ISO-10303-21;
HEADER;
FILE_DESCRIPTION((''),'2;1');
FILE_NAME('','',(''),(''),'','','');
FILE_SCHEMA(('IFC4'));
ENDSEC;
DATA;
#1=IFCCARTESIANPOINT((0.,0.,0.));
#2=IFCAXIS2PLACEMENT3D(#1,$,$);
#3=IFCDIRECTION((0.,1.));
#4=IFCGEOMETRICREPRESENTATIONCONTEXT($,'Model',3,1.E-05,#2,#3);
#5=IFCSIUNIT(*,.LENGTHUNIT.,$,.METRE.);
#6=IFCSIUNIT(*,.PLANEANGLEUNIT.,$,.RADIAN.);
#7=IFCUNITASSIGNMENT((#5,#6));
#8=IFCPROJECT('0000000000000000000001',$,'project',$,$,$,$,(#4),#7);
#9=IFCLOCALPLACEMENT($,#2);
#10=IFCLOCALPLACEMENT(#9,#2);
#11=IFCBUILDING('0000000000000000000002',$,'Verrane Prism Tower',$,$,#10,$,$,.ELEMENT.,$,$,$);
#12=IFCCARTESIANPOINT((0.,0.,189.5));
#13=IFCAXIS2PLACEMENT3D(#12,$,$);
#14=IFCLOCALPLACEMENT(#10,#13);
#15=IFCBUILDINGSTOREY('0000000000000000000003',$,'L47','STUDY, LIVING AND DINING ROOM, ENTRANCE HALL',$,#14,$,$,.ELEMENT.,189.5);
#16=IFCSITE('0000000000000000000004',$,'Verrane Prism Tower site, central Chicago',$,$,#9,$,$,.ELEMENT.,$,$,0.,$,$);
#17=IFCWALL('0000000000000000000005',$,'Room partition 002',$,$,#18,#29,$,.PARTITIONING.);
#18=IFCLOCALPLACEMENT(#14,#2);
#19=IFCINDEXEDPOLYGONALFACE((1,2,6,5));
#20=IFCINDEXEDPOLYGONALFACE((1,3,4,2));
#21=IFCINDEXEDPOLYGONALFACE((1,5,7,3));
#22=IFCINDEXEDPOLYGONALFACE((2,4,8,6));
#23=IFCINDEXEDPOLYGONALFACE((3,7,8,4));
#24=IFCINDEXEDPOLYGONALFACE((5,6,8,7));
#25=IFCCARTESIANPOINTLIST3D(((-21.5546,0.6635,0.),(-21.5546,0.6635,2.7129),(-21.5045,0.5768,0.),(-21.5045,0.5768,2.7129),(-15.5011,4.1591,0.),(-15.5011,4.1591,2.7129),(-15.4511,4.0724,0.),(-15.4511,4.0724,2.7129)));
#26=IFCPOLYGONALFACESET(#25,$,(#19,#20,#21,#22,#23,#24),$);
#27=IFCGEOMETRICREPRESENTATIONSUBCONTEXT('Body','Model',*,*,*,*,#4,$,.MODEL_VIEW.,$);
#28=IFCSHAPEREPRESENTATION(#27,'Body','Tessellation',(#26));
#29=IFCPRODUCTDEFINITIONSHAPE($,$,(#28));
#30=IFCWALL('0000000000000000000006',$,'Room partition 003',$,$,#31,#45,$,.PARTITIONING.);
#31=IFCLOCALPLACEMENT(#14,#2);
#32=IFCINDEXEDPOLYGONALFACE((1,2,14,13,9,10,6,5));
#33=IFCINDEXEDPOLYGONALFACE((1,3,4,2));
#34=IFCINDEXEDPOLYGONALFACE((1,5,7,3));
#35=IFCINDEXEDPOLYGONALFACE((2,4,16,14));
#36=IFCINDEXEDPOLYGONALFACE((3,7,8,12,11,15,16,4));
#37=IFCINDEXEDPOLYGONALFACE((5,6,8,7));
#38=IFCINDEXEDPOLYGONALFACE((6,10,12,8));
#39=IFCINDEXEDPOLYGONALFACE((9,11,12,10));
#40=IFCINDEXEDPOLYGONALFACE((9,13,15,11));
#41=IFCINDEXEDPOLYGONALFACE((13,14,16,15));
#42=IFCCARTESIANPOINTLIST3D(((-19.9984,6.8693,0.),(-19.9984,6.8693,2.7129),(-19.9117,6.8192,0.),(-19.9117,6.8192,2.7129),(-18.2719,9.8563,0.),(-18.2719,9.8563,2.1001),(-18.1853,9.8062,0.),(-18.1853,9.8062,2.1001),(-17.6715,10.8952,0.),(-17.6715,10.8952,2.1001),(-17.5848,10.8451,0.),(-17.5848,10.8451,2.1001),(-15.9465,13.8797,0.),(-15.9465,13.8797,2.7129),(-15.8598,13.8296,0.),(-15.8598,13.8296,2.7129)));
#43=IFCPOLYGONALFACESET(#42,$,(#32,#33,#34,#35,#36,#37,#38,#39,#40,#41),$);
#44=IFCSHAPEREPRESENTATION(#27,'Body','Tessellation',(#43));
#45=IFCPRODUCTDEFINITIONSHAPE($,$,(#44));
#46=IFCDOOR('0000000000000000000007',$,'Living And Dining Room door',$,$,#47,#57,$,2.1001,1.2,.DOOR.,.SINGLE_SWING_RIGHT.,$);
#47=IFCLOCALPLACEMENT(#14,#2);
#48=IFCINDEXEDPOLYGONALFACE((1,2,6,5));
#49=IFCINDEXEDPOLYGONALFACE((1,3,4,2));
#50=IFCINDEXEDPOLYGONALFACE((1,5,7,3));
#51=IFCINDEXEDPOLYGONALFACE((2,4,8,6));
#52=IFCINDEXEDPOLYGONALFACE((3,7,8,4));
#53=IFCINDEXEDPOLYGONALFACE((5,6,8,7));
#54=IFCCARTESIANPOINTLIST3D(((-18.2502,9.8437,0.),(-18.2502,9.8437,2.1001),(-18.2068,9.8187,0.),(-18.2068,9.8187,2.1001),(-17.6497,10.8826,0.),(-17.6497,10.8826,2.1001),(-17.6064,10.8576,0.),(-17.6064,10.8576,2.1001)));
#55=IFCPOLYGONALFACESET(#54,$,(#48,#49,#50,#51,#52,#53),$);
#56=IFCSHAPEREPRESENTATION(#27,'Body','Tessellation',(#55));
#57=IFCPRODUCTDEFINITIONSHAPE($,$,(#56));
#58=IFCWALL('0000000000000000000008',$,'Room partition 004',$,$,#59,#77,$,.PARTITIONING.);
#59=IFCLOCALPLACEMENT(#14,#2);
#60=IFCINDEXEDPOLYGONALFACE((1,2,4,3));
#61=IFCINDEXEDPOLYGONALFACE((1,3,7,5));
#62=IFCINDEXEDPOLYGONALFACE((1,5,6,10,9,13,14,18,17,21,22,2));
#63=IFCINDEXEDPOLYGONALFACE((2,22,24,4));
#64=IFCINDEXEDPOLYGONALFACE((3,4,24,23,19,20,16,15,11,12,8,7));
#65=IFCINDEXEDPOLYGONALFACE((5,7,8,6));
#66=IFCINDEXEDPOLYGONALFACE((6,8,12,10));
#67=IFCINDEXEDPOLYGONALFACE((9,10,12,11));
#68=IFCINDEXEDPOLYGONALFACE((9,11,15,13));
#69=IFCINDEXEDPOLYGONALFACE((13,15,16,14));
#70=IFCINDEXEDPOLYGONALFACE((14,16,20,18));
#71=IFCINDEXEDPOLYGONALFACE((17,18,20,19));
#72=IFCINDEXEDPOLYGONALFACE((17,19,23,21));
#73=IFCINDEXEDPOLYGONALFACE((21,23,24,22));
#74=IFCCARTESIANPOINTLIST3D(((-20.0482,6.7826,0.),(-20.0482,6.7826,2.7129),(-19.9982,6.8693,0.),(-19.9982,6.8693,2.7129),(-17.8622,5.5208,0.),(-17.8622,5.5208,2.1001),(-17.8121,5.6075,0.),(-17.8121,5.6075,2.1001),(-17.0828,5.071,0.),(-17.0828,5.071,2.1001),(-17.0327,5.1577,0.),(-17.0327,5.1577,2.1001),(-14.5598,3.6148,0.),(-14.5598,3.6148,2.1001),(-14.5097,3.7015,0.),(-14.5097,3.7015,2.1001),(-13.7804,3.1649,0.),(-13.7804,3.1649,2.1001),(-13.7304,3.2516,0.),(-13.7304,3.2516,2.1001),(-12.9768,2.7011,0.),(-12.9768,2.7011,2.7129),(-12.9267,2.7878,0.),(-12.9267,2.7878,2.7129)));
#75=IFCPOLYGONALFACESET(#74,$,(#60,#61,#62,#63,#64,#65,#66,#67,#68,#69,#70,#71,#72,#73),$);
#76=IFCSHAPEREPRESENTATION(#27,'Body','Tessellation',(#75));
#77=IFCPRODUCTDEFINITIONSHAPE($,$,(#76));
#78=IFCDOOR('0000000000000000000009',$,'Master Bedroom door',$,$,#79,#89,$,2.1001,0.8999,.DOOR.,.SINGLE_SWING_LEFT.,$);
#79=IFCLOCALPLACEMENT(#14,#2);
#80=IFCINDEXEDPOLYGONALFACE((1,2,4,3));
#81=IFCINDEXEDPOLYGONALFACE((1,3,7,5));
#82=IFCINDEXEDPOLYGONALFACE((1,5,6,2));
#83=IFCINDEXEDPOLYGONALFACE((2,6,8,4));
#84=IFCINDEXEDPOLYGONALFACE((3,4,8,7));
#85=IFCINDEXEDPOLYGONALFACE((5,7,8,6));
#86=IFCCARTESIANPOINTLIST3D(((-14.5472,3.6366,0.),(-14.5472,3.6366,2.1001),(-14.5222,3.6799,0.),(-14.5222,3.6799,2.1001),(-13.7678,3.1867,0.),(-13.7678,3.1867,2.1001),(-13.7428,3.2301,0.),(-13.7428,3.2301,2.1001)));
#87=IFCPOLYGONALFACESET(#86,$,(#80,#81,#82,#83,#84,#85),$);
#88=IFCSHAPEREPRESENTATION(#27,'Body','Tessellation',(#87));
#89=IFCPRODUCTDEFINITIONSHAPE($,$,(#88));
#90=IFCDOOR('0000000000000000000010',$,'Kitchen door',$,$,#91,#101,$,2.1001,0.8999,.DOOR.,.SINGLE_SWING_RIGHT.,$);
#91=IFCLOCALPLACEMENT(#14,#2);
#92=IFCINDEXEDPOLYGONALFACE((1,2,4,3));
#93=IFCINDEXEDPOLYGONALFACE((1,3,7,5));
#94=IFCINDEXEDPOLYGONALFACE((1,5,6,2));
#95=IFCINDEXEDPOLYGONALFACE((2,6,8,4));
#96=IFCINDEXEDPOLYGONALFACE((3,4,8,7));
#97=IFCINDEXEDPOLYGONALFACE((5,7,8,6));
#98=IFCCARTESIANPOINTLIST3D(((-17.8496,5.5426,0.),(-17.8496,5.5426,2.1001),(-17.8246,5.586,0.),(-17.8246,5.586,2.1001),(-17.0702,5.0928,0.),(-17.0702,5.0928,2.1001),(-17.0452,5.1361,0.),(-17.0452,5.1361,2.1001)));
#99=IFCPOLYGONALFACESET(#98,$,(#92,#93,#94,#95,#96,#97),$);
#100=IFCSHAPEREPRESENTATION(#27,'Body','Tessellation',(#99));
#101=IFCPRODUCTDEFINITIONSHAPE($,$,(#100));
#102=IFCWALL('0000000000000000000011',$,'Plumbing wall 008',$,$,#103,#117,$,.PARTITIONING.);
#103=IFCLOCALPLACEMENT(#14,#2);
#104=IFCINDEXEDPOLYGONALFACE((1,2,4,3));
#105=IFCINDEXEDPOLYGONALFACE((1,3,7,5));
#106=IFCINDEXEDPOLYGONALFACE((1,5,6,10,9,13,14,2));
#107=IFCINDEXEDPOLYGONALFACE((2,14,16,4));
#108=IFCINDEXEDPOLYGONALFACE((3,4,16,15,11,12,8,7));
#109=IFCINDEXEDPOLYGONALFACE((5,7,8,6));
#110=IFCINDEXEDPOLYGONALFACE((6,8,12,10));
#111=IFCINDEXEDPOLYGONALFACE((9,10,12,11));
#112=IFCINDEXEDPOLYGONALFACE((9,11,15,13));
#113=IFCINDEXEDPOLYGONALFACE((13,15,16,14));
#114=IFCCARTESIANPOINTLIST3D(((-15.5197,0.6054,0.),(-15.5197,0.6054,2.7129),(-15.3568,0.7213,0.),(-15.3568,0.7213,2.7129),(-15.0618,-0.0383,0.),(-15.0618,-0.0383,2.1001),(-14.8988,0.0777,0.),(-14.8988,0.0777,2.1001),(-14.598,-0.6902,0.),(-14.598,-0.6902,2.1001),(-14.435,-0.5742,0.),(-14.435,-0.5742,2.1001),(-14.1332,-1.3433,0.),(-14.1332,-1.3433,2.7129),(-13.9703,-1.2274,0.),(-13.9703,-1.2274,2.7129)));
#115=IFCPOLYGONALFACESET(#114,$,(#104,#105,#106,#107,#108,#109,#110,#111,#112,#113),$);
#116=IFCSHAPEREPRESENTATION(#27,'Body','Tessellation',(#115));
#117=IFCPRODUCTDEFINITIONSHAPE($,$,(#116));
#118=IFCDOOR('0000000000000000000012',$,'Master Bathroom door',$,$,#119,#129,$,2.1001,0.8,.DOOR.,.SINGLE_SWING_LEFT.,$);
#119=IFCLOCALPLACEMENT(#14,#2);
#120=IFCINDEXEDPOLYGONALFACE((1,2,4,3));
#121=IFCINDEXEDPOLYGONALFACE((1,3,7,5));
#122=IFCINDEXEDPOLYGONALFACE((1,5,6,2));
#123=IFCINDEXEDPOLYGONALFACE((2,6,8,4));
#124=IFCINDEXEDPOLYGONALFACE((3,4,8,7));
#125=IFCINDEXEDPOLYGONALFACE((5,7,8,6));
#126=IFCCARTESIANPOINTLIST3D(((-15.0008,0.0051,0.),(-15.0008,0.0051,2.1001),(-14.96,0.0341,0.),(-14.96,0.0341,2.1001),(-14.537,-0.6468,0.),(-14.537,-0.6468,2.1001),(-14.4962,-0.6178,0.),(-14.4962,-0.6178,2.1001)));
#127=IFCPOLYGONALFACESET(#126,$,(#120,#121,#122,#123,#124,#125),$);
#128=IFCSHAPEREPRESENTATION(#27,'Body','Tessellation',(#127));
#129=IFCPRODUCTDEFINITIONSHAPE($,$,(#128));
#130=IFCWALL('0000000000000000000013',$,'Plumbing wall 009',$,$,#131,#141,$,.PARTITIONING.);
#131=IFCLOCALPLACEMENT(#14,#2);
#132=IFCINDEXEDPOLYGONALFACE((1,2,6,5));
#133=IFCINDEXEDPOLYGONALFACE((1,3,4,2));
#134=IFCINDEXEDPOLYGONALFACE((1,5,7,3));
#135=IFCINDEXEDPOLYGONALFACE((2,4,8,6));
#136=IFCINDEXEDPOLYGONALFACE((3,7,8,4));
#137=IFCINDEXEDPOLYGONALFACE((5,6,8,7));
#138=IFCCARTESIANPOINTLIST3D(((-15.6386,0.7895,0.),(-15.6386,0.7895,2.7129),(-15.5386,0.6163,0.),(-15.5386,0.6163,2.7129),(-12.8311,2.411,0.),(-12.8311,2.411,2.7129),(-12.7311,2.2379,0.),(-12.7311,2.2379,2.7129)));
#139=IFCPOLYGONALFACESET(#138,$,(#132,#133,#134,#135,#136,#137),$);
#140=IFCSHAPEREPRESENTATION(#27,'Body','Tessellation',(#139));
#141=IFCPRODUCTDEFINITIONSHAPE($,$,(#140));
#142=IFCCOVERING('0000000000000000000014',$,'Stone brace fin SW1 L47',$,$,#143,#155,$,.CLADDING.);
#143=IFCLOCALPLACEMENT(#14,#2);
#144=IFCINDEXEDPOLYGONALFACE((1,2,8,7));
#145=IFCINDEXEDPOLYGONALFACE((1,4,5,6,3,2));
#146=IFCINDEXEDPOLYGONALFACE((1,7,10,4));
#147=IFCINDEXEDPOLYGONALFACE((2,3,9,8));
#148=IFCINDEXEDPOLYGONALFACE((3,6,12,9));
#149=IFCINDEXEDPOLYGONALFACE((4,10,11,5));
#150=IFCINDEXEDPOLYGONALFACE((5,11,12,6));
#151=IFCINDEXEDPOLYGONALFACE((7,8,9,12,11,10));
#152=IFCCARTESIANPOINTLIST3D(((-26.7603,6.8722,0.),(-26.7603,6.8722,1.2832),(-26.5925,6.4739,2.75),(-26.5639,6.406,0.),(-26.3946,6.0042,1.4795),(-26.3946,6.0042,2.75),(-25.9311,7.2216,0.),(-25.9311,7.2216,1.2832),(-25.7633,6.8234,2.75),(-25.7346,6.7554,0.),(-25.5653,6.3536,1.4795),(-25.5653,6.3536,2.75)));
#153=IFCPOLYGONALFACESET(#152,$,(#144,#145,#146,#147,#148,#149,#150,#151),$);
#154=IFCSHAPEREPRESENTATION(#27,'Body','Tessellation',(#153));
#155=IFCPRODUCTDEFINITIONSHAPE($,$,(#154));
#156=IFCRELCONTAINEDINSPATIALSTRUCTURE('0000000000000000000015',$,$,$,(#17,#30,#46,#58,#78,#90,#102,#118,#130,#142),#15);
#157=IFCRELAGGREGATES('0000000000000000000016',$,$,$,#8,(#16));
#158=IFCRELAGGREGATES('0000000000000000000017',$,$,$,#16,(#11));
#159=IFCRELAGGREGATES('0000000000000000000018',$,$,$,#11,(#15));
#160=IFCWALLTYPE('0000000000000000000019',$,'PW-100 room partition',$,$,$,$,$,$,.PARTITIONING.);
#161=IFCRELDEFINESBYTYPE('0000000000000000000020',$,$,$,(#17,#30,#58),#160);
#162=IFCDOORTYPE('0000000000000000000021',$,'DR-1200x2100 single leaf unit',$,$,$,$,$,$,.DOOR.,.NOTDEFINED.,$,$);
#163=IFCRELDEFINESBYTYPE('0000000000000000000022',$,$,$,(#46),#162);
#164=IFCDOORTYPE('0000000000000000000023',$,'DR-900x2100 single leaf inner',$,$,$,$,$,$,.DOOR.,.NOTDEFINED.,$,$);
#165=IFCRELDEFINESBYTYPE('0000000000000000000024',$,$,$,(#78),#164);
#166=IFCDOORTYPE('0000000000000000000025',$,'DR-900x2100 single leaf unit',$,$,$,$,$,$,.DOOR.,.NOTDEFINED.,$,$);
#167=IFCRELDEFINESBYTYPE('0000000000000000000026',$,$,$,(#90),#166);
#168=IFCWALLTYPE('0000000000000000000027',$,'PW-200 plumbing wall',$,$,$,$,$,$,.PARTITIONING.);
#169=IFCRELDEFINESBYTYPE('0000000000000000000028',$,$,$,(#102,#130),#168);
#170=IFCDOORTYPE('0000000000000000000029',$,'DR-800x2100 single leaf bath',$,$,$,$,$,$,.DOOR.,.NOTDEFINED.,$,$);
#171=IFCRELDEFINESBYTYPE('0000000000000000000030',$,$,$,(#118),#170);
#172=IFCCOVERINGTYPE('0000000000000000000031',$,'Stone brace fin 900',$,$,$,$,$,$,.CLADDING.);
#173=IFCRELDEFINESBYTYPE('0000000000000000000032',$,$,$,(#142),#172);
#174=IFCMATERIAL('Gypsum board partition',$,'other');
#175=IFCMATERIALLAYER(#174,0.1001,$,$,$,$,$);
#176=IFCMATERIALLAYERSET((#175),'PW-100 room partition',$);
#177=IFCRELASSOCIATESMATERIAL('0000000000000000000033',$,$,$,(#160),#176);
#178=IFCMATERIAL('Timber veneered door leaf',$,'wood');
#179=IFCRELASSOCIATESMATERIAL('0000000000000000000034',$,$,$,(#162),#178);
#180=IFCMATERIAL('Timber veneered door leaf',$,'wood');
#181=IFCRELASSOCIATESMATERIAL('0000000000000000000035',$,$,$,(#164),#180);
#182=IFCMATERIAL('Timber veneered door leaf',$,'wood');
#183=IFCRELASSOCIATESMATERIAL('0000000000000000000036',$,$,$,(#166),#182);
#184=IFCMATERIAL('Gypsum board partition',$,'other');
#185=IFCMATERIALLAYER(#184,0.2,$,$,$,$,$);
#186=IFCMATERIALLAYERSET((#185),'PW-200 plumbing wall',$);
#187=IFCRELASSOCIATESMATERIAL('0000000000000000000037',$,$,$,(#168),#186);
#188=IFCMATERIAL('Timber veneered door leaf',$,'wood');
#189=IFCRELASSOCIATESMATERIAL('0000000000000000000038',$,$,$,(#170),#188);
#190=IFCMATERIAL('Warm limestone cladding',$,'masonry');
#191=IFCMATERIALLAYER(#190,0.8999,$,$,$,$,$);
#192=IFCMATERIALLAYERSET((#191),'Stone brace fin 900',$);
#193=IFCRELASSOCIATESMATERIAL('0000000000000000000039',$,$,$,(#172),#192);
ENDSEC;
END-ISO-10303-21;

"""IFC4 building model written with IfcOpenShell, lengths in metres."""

from ifc_helpers import new_model, si_unit, direction, frame, frame_2d, origin, place, context, subcontext, project, spatial, polyline, rectangle, outline, extrude, material, layer, layer_set, type_object, element, fill, save


model = new_model("IFC4")

# Units and contexts
model_context = context("Model", 3, precision=1e-05, world=origin(), true_north=direction((0.0, 1.0)))
body_context = subcontext(model_context, "Body", "Model", "MODEL_VIEW")
ifc_project = project(units=[si_unit("LENGTHUNIT", "METRE"), si_unit("PLANEANGLEUNIT", "RADIAN")], contexts=[model_context])

# Site, building, storey
site_placement = place(None, origin())
site = spatial("IfcSite", under=ifc_project, at=site_placement, Name="Verrane Prism Tower site, central Chicago", CompositionType="ELEMENT", RefElevation=0.0)
building_placement = place(site_placement, origin())
building = spatial("IfcBuilding", under=site, at=building_placement, Name="Verrane Prism Tower", CompositionType="ELEMENT")
storey_placement = place(building_placement, frame((0.0, 0.0, 189.5)))
storey = spatial("IfcBuildingStorey", under=building, at=storey_placement, Name="L47", Description="STUDY, LIVING AND DINING ROOM, ENTRANCE HALL", CompositionType="ELEMENT", Elevation=189.5)

# Wall
ifc_material_1 = material(Name="Gypsum board partition", Category="other")
ifc_layer_1 = layer(ifc_material_1, 0.1001)
ifc_layer_set_1 = layer_set([ifc_layer_1], Name="PW-100 room partition")
wall_type_1 = type_object("IfcWallType", Name="PW-100 room partition", PredefinedType="PARTITIONING", material=ifc_layer_set_1)
wall_1_placement = place(storey_placement, frame((-21.5295, 0.6201, 0.0), z_axis=(0.0, 0.0, 1.0), x_axis=(0.865986, 0.500068, 0.0)))
element("IfcWall", 1, at=wall_1_placement, inside=storey, type_object=wall_type_1, Name="Room partition 002", PredefinedType="PARTITIONING", context=body_context, shape_type="SweptSolid", body=[
    extrude(rectangle(XDim=6.9902, YDim=0.1001, at=frame_2d((3.4951, 0.0))), origin(), (0.0, 0.0, 1.0), 2.7129),
])

# Wall, opening, door
wall_2_placement = place(storey_placement, frame((-19.9551, 6.8442, 0.0), z_axis=(0.0, 0.0, 1.0), x_axis=(0.500416, 0.865785, 0.0)))
wall_2 = element("IfcWall", 2, at=wall_2_placement, inside=storey, type_object=wall_type_1, Name="Room partition 003", PredefinedType="PARTITIONING", context=body_context, shape_type="SweptSolid", body=[
    extrude(rectangle(XDim=8.0972, YDim=0.1001, at=frame_2d((4.0486, 0.0))), origin(), (0.0, 0.0, 1.0), 2.7129),
])
opening_1_placement = place(wall_2_placement, frame((3.45, 0.0, 0.0)))
opening_1 = element("IfcOpeningElement", 3, at=opening_1_placement, cuts=wall_2, PredefinedType="OPENING", context=body_context, shape_type="SweptSolid", body=[
    extrude(rectangle(XDim=1.2, YDim=2.1001, at=frame_2d((0.6001, 1.05))), frame((0.0, 0.0601, 0.0), z_axis=(0.0, -1.0, 0.0), x_axis=(1.0, 0.0, 0.0)), (0.0, 0.0, 1.0), 0.1201),
])
ifc_material_2 = material(Name="Timber veneered door leaf", Category="wood")
door_type_1 = type_object("IfcDoorType", Name="DR-1200x2100 single leaf unit", OperationType="NOTDEFINED", PredefinedType="DOOR", material=ifc_material_2)
door_1_placement = place(opening_1_placement, origin())
door_1 = element("IfcDoor", 4, at=door_1_placement, inside=storey, type_object=door_type_1, Name="Living And Dining Room door", OperationType="SINGLE_SWING_RIGHT", OverallHeight=2.1001, OverallWidth=1.2, PredefinedType="DOOR", context=body_context, shape_type="SweptSolid", body=[
    extrude(rectangle(XDim=1.2, YDim=2.1001, at=frame_2d((0.6001, 1.05))), frame((0.0, 0.0249, 0.0), z_axis=(0.0, -1.0, 0.0), x_axis=(1.0, 0.0, 0.0)), (0.0, 0.0, 1.0), 0.05),
])
fill(opening_1, door_1)

# Wall, openings, doors
wall_3_placement = place(storey_placement, frame((-12.9517, 2.7444, 0.0), z_axis=(0.0, 0.0, 1.0), x_axis=(-0.866089, 0.499889, 0.0)))
wall_3 = element("IfcWall", 5, at=wall_3_placement, inside=storey, type_object=wall_type_1, Name="Room partition 004", PredefinedType="PARTITIONING", context=body_context, shape_type="SweptSolid", body=[
    extrude(rectangle(XDim=8.1648, YDim=0.1001, at=frame_2d((4.0825, 0.0))), origin(), (0.0, 0.0, 1.0), 2.7129),
])
opening_2_placement = place(wall_3_placement, frame((4.741, 0.0, 0.0)))
opening_2 = element("IfcOpeningElement", 6, at=opening_2_placement, cuts=wall_3, PredefinedType="OPENING", context=body_context, shape_type="SweptSolid", body=[
    extrude(rectangle(XDim=0.8999, YDim=2.1001, at=frame_2d((0.45, 1.05))), frame((0.0, 0.0601, 0.0), z_axis=(0.0, -1.0, 0.0), x_axis=(1.0, 0.0, 0.0)), (0.0, 0.0, 1.0), 0.1201),
])
opening_3_placement = place(wall_3_placement, frame((0.928, 0.0, 0.0)))
opening_3 = element("IfcOpeningElement", 7, at=opening_3_placement, cuts=wall_3, PredefinedType="OPENING", context=body_context, shape_type="SweptSolid", body=[
    extrude(rectangle(XDim=0.8999, YDim=2.1001, at=frame_2d((0.45, 1.05))), frame((0.0, 0.0601, 0.0), z_axis=(0.0, -1.0, 0.0), x_axis=(1.0, 0.0, 0.0)), (0.0, 0.0, 1.0), 0.1201),
])
ifc_material_3 = material(Name="Timber veneered door leaf", Category="wood")
door_type_2 = type_object("IfcDoorType", Name="DR-900x2100 single leaf inner", OperationType="NOTDEFINED", PredefinedType="DOOR", material=ifc_material_3)
door_2_placement = place(opening_3_placement, origin())
door_2 = element("IfcDoor", 8, at=door_2_placement, inside=storey, type_object=door_type_2, Name="Master Bedroom door", OperationType="SINGLE_SWING_LEFT", OverallHeight=2.1001, OverallWidth=0.8999, PredefinedType="DOOR", context=body_context, shape_type="SweptSolid", body=[
    extrude(rectangle(XDim=0.8999, YDim=2.1001, at=frame_2d((0.45, 1.05))), frame((0.0, 0.0249, 0.0), z_axis=(0.0, -1.0, 0.0), x_axis=(1.0, 0.0, 0.0)), (0.0, 0.0, 1.0), 0.05),
])
fill(opening_3, door_2)
ifc_material_4 = material(Name="Timber veneered door leaf", Category="wood")
door_type_3 = type_object("IfcDoorType", Name="DR-900x2100 single leaf unit", OperationType="NOTDEFINED", PredefinedType="DOOR", material=ifc_material_4)
door_3_placement = place(opening_2_placement, origin())
door_3 = element("IfcDoor", 9, at=door_3_placement, inside=storey, type_object=door_type_3, Name="Kitchen door", OperationType="SINGLE_SWING_RIGHT", OverallHeight=2.1001, OverallWidth=0.8999, PredefinedType="DOOR", context=body_context, shape_type="SweptSolid", body=[
    extrude(rectangle(XDim=0.8999, YDim=2.1001, at=frame_2d((0.45, 1.05))), frame((0.0, 0.0249, 0.0), z_axis=(0.0, -1.0, 0.0), x_axis=(1.0, 0.0, 0.0)), (0.0, 0.0, 1.0), 0.05),
])
fill(opening_2, door_3)

# Wall, opening, door
ifc_material_5 = material(Name="Gypsum board partition", Category="other")
ifc_layer_2 = layer(ifc_material_5, 0.2)
ifc_layer_set_2 = layer_set([ifc_layer_2], Name="PW-200 plumbing wall")
wall_type_2 = type_object("IfcWallType", Name="PW-200 plumbing wall", PredefinedType="PARTITIONING", material=ifc_layer_set_2)
wall_4_placement = place(storey_placement, frame((-15.4382, 0.6633, 0.0), z_axis=(0.0, 0.0, 1.0), x_axis=(0.579721, -0.814815, 0.0)))
wall_4 = element("IfcWall", 10, at=wall_4_placement, inside=storey, type_object=wall_type_2, Name="Plumbing wall 008", PredefinedType="PARTITIONING", context=body_context, shape_type="SweptSolid", body=[
    extrude(rectangle(XDim=2.3916, YDim=0.2, at=frame_2d((1.1958, 0.0))), origin(), (0.0, 0.0, 1.0), 2.7129),
])
opening_4_placement = place(wall_4_placement, frame((0.79, 0.0, 0.0)))
opening_4 = element("IfcOpeningElement", 11, at=opening_4_placement, cuts=wall_4, PredefinedType="OPENING", context=body_context, shape_type="SweptSolid", body=[
    extrude(rectangle(XDim=0.8, YDim=2.1001, at=frame_2d((0.3999, 1.05))), frame((0.0, 0.1099, 0.0), z_axis=(0.0, -1.0, 0.0), x_axis=(1.0, 0.0, 0.0)), (0.0, 0.0, 1.0), 0.22),
])
ifc_material_6 = material(Name="Timber veneered door leaf", Category="wood")
door_type_4 = type_object("IfcDoorType", Name="DR-800x2100 single leaf bath", OperationType="NOTDEFINED", PredefinedType="DOOR", material=ifc_material_6)
door_4_placement = place(opening_4_placement, origin())
door_4 = element("IfcDoor", 12, at=door_4_placement, inside=storey, type_object=door_type_4, Name="Master Bathroom door", OperationType="SINGLE_SWING_LEFT", OverallHeight=2.1001, OverallWidth=0.8, PredefinedType="DOOR", context=body_context, shape_type="SweptSolid", body=[
    extrude(rectangle(XDim=0.8, YDim=2.1001, at=frame_2d((0.3999, 1.05))), frame((0.0, 0.0249, 0.0), z_axis=(0.0, -1.0, 0.0), x_axis=(1.0, 0.0, 0.0)), (0.0, 0.0, 1.0), 0.05),
])
fill(opening_4, door_4)

# Wall
wall_5_placement = place(storey_placement, frame((-15.5886, 0.7029, 0.0), z_axis=(0.0, 0.0, 1.0), x_axis=(0.865945, 0.50014, 0.0)))
element("IfcWall", 13, at=wall_5_placement, inside=storey, type_object=wall_type_2, Name="Plumbing wall 009", PredefinedType="PARTITIONING", context=body_context, shape_type="SweptSolid", body=[
    extrude(rectangle(XDim=3.2422, YDim=0.2, at=frame_2d((1.6211, 0.0))), origin(), (0.0, 0.0, 1.0), 2.7129),
])

# Covering
ifc_material_7 = material(Name="Warm limestone cladding", Category="masonry")
ifc_layer_3 = layer(ifc_material_7, 0.8999)
ifc_layer_set_3 = layer_set([ifc_layer_3], Name="Stone brace fin 900")
covering_type = type_object("IfcCoveringType", Name="Stone brace fin 900", PredefinedType="CLADDING", material=ifc_layer_set_3)
covering_placement = place(storey_placement, frame((-26.3457, 7.0469, 0.0), z_axis=(0.0, 0.0, 1.0), x_axis=(0.388312, -0.921528, 0.0)))
element("IfcCovering", 14, at=covering_placement, inside=storey, type_object=covering_type, Name="Stone brace fin SW1 L47", PredefinedType="CLADDING", context=body_context, shape_type="SweptSolid", body=[
    extrude(outline(polyline([(0.9419, 2.75), (0.4321, 2.75), (0.0, 1.2832), (0.0, 0.0), (0.5059, 0.0), (0.9419, 1.4795), (0.9419, 2.75)])), frame((0.0, 0.45, 0.0), z_axis=(0.0, -1.0, 0.0), x_axis=(1.0, 0.0, 0.0)), (0.0, 0.0, 1.0), 0.8999),
])

save(model, "model.ifc")
